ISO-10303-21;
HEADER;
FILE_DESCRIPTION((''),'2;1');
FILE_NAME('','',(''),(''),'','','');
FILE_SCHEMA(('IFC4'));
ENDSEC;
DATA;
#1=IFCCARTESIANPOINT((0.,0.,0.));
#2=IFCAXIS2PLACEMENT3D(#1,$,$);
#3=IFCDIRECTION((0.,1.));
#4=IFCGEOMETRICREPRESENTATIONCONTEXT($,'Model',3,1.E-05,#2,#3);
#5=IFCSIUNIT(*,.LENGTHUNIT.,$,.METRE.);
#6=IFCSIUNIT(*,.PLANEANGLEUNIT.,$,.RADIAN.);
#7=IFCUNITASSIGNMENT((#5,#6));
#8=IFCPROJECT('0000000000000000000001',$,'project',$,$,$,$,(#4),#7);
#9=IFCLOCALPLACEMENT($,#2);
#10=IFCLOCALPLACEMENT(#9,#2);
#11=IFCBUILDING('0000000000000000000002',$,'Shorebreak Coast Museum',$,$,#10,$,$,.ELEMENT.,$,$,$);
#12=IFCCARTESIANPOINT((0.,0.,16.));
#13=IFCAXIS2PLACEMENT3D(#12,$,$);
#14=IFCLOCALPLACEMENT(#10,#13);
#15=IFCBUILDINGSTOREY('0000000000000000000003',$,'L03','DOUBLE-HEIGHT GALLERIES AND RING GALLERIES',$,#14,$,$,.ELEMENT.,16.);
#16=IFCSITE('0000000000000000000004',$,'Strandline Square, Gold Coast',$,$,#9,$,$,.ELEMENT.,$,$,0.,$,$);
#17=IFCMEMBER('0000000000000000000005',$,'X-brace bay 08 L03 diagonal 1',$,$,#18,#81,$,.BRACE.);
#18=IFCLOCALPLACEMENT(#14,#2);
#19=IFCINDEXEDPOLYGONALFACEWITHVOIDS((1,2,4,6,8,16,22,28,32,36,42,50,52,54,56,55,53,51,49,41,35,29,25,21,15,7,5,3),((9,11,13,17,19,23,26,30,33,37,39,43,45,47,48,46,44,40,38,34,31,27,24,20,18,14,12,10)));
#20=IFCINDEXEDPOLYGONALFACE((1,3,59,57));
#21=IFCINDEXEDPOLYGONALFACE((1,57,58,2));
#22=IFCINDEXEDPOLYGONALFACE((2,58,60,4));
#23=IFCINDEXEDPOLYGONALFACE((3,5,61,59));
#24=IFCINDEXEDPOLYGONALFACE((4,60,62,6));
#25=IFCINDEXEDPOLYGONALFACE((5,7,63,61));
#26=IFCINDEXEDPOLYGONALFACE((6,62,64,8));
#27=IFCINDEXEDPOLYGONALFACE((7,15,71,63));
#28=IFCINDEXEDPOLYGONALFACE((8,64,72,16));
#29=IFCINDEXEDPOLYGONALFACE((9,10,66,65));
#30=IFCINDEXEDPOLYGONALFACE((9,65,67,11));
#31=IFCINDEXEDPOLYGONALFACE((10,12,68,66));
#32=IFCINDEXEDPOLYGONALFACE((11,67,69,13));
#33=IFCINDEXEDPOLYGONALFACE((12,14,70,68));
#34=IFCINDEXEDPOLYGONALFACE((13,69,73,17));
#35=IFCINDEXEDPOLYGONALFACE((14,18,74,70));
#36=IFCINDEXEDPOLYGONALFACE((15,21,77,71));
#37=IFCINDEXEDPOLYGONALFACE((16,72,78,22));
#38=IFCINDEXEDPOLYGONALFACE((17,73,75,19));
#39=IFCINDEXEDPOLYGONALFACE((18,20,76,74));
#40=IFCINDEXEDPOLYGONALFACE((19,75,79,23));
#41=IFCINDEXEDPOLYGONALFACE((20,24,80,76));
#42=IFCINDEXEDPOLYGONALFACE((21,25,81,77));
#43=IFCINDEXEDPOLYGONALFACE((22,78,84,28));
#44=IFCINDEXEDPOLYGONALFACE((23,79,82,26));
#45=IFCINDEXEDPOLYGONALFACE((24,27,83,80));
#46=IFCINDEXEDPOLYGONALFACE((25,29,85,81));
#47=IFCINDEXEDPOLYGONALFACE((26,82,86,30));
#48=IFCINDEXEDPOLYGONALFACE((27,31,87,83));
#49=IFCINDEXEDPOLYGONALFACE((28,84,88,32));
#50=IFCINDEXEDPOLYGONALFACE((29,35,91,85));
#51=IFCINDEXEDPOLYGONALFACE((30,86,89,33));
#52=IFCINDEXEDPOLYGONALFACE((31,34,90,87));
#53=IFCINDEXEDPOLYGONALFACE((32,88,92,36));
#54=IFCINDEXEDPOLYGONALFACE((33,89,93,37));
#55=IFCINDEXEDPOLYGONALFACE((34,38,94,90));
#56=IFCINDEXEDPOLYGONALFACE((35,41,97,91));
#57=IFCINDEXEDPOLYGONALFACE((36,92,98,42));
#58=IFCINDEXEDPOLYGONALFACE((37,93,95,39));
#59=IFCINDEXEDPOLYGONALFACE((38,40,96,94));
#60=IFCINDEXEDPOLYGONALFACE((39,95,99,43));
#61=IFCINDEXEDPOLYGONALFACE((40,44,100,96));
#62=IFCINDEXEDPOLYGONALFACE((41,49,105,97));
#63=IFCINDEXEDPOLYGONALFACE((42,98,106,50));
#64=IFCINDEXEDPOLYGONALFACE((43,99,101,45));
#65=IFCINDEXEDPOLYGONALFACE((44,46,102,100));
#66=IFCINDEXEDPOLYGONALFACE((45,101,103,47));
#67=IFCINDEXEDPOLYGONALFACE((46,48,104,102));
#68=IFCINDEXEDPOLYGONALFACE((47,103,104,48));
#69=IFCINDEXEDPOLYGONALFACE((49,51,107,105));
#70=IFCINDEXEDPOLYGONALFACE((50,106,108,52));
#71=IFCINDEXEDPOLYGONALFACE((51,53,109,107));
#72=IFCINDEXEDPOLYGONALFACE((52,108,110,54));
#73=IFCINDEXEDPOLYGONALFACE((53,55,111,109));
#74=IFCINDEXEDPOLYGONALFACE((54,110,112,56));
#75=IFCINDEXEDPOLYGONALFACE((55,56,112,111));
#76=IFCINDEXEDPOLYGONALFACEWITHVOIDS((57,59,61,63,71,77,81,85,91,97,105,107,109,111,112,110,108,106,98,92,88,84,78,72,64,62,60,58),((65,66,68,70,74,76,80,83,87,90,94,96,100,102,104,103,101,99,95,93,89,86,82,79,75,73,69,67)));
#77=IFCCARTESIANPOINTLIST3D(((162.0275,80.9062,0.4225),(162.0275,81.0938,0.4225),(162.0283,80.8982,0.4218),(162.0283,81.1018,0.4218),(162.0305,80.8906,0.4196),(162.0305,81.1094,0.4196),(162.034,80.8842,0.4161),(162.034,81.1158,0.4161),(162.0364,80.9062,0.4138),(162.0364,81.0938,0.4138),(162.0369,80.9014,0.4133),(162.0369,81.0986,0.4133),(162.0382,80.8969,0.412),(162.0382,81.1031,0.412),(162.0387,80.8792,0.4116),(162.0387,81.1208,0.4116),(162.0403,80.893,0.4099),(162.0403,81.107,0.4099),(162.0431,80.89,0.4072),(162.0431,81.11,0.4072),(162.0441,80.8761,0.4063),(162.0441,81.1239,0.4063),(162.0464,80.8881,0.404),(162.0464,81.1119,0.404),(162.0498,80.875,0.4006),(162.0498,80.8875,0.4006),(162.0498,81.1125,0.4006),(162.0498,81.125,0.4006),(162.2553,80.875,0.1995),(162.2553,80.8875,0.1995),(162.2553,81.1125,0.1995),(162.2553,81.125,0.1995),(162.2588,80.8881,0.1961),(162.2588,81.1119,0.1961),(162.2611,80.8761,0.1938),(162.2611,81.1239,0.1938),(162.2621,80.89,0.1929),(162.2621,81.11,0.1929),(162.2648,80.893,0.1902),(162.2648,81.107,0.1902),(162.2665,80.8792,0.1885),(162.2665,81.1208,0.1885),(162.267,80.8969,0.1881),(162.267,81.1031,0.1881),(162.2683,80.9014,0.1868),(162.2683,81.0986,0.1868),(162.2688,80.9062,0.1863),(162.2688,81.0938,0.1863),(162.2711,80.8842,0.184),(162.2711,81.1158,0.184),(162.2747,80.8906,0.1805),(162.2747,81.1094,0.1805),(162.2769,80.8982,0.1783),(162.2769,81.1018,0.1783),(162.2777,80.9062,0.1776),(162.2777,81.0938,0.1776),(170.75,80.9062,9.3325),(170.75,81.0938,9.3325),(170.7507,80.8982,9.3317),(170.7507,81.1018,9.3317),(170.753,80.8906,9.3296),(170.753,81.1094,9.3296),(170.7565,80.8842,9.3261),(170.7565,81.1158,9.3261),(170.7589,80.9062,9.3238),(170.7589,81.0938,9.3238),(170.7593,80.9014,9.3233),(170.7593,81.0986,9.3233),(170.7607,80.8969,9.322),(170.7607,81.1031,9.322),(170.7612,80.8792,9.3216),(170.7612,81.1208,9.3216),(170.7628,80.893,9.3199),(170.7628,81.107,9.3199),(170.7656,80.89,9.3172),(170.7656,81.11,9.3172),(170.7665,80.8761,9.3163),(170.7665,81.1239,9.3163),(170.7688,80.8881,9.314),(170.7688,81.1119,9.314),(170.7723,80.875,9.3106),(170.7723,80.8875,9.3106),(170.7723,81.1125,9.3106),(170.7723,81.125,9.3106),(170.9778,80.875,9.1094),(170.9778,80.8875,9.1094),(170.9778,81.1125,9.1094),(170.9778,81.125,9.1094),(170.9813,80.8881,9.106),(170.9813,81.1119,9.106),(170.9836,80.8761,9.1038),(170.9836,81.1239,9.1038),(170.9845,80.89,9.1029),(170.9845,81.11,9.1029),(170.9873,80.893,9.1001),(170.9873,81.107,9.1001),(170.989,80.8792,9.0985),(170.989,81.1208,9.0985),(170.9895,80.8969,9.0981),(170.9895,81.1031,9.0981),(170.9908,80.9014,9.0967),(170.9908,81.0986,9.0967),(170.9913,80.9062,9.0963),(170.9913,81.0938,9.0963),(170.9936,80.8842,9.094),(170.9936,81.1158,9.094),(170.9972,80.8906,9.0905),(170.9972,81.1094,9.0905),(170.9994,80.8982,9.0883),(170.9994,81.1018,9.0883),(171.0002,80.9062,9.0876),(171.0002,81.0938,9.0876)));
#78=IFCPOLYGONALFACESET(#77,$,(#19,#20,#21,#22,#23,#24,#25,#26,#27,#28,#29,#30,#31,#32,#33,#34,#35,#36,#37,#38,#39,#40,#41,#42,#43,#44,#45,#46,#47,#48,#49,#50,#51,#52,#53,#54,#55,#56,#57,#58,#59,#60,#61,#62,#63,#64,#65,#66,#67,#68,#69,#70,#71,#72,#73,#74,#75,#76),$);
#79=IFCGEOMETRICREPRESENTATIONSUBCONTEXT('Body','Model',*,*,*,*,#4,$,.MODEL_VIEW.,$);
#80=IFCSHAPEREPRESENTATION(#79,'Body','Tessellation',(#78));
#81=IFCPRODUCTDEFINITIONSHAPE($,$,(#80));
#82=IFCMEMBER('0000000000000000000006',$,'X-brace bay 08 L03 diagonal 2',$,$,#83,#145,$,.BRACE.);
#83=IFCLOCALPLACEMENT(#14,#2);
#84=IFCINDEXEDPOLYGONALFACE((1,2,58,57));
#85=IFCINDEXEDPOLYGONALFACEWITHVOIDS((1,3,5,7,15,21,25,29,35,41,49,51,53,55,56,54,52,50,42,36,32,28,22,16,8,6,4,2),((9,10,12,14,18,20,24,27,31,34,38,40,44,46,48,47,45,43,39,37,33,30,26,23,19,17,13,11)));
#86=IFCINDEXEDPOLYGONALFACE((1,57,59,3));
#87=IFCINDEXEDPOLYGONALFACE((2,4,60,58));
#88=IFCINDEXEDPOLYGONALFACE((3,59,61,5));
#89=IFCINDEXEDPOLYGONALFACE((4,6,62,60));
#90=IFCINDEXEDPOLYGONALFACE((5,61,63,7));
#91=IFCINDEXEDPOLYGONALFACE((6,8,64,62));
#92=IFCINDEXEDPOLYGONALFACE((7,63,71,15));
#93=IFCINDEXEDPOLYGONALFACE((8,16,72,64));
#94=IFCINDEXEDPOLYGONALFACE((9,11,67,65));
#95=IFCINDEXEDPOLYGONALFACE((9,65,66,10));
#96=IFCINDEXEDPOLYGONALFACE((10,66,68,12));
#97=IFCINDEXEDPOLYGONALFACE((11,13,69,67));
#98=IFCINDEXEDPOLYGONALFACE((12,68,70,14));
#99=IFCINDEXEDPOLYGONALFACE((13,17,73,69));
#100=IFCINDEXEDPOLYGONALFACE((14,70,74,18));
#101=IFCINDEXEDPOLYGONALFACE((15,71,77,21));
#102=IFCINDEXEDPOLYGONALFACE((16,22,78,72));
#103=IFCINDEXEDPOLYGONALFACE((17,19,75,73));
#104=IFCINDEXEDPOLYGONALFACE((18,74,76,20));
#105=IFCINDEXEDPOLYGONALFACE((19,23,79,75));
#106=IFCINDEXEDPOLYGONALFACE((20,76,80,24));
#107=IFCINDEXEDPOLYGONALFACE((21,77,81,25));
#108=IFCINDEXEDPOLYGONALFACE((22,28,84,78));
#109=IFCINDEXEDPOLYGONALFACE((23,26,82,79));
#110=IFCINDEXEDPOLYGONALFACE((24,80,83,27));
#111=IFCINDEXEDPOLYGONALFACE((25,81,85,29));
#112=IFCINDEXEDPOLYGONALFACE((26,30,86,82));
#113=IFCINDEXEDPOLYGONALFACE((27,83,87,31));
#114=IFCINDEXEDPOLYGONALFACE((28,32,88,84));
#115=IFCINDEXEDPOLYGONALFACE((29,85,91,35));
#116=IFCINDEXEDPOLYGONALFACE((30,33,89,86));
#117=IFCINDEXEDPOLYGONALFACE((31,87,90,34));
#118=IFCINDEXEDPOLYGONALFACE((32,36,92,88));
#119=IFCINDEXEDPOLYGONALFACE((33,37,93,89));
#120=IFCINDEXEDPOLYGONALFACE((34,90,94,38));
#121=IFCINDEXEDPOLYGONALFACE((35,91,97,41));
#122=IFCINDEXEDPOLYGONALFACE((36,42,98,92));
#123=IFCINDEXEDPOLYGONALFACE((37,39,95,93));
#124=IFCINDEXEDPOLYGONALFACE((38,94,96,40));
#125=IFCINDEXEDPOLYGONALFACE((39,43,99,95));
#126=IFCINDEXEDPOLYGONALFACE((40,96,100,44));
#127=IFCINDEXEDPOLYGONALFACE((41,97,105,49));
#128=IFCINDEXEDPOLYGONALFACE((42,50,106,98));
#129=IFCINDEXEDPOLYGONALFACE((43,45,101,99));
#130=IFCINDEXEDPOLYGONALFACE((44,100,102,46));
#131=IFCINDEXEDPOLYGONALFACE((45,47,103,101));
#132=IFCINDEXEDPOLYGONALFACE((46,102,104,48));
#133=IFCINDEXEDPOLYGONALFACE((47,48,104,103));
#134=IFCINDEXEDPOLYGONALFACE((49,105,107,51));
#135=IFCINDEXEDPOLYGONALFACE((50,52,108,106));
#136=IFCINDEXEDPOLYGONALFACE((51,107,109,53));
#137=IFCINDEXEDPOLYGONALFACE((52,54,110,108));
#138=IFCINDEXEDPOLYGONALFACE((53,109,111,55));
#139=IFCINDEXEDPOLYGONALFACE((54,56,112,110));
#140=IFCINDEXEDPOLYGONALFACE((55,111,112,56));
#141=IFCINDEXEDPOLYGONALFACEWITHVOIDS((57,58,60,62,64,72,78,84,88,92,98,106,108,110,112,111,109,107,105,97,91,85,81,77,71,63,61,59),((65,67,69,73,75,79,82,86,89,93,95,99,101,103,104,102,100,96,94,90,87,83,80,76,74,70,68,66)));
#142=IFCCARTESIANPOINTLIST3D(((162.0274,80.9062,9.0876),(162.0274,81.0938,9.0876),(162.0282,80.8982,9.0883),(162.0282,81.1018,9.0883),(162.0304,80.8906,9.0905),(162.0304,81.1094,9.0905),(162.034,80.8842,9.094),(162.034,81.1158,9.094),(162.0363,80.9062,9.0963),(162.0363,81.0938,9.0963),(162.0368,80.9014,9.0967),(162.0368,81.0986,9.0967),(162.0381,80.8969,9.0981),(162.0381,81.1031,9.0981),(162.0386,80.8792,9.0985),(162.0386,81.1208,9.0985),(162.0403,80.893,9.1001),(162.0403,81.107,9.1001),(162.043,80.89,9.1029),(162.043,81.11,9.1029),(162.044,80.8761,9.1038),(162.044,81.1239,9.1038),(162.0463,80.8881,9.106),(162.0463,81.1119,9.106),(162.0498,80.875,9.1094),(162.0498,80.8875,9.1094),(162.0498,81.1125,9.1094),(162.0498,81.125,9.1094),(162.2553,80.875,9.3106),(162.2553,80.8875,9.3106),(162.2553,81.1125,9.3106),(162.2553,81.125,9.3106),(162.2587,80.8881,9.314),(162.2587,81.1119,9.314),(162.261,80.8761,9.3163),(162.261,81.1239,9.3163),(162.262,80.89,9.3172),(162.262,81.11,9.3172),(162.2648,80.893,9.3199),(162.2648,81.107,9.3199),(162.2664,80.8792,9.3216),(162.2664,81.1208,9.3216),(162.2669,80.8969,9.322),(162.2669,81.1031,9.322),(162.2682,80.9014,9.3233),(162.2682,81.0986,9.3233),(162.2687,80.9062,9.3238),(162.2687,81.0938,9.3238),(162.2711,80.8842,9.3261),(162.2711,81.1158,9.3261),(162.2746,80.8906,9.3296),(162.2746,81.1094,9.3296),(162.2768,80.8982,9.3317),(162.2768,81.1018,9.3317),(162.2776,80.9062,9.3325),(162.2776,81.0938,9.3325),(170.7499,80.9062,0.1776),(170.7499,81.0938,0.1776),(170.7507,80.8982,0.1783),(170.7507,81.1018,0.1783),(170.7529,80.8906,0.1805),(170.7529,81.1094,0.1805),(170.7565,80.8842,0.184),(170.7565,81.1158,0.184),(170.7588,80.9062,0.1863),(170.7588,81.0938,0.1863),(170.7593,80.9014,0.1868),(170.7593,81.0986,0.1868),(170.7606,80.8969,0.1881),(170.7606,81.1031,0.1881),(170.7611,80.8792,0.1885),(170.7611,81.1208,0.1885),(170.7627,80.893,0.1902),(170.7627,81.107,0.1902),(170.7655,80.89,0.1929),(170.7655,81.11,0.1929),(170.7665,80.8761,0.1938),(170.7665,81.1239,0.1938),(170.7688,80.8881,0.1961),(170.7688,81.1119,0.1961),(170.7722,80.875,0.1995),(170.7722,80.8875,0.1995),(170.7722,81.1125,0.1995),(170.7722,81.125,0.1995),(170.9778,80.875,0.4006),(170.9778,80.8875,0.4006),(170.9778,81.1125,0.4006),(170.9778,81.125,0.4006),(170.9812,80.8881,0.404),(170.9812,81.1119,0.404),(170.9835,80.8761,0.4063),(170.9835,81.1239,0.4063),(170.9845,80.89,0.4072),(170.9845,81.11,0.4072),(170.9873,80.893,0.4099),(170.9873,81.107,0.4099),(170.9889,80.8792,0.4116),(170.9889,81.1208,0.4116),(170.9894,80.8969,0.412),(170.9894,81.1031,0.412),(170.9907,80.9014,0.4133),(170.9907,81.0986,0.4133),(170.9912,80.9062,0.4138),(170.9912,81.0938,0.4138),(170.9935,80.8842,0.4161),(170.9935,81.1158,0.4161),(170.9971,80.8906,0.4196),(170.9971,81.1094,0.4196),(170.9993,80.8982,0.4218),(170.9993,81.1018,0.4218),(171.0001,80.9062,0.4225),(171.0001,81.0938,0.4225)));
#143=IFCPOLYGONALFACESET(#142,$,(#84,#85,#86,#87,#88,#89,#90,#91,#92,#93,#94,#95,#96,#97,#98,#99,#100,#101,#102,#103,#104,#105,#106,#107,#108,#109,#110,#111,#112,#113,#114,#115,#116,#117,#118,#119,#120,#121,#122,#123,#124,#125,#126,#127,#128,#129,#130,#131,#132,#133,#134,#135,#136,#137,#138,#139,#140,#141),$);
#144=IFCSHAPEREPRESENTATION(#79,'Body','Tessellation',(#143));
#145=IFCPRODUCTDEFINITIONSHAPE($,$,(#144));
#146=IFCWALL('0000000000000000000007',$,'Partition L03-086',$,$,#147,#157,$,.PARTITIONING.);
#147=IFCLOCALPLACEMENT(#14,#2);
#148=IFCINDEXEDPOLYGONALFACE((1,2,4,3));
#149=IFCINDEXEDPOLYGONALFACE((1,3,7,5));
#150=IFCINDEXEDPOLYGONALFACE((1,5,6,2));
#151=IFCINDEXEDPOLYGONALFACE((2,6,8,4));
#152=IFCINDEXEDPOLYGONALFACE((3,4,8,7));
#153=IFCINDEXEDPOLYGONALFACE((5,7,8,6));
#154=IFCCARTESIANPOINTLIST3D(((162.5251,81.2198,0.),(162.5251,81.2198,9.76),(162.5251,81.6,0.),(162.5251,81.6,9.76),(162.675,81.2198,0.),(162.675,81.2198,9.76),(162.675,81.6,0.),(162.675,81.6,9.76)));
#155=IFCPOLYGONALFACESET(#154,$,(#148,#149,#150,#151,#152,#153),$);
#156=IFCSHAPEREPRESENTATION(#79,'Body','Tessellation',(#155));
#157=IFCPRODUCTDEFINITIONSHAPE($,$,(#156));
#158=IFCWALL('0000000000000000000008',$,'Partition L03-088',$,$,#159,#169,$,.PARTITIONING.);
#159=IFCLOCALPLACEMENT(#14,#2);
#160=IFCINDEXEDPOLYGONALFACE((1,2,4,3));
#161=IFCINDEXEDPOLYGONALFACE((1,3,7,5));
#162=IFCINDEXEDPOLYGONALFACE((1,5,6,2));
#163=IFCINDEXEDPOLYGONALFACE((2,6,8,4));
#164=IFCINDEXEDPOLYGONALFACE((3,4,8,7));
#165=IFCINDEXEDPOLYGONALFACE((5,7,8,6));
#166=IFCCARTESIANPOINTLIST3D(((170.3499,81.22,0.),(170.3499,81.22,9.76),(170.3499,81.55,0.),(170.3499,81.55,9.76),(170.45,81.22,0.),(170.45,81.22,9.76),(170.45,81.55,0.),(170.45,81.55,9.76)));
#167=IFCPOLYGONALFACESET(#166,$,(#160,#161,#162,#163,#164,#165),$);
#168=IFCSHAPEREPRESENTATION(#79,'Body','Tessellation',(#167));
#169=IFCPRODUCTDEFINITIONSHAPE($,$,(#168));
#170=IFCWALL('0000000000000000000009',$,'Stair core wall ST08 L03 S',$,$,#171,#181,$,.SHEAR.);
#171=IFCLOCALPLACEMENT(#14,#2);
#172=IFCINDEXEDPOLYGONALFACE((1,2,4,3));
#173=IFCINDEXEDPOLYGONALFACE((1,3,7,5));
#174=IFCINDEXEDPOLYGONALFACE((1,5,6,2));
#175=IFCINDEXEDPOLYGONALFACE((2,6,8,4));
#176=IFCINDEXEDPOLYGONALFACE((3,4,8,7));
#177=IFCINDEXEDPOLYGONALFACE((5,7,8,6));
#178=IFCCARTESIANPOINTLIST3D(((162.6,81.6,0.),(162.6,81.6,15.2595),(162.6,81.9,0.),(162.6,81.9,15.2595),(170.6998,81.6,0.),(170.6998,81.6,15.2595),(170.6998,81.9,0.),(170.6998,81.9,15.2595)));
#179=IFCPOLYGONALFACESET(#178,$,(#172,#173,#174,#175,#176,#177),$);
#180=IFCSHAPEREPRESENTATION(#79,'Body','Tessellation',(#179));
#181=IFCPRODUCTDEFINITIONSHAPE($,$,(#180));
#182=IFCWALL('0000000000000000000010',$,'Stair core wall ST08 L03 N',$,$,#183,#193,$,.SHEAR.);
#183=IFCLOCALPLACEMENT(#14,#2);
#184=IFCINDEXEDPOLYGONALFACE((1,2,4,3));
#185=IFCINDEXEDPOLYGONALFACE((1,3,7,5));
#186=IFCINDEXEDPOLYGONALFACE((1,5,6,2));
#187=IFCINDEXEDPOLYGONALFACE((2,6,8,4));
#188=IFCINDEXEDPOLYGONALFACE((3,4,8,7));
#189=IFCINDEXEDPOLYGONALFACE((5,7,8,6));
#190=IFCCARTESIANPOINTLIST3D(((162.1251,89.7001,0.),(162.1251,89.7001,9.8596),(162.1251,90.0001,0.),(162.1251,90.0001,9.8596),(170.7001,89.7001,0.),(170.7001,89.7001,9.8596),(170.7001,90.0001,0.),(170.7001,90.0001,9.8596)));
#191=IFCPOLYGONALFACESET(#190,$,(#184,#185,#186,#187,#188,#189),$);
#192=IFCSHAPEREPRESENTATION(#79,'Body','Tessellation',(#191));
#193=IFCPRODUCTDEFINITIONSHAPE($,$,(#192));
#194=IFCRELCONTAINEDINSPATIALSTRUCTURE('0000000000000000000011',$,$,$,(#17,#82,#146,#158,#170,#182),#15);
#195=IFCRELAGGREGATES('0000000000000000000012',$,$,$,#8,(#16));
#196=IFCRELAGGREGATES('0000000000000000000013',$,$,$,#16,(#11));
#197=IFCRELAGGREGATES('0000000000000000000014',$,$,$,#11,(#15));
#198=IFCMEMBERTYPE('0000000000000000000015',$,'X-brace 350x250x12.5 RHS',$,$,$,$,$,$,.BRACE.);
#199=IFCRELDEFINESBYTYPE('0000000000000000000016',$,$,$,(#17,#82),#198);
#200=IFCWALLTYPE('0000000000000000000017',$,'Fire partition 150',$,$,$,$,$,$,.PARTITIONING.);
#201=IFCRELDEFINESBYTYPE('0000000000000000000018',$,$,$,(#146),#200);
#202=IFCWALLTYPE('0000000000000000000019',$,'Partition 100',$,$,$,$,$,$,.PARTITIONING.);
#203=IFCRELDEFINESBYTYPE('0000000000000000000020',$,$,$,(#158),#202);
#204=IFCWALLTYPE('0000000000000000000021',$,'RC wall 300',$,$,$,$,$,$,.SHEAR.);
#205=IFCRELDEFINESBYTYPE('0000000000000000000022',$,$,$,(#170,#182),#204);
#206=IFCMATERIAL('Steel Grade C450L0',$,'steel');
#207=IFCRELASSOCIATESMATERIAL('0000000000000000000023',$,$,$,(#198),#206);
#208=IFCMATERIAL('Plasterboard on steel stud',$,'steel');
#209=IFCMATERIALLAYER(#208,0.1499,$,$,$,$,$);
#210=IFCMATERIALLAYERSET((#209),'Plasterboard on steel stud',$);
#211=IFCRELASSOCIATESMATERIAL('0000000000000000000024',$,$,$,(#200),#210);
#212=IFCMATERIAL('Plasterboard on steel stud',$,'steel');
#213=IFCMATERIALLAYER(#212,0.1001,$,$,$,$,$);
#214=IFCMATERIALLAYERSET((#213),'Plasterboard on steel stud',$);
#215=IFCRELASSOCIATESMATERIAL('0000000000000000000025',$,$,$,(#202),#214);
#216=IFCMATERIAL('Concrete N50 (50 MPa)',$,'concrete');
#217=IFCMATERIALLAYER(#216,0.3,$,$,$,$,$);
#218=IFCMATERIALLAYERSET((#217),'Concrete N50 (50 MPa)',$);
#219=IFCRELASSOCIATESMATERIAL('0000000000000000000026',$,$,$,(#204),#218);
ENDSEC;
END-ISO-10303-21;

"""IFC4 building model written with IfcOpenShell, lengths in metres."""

from ifc_helpers import new_model, si_unit, direction, frame, frame_2d, origin, origin_2d, place, context, subcontext, project, spatial, rectangle, hollow_rectangle, extrude, material, layer, layer_set, material_profile, profile_set, type_object, element, save


model = new_model("IFC4")

# Units and contexts
model_context = context("Model", 3, precision=1e-05, world=origin(), true_north=direction((0.0, 1.0)))
body_context = subcontext(model_context, "Body", "Model", "MODEL_VIEW")
ifc_project = project(units=[si_unit("LENGTHUNIT", "METRE"), si_unit("PLANEANGLEUNIT", "RADIAN")], contexts=[model_context])

# Site, building, storey
site_placement = place(None, origin())
site = spatial("IfcSite", under=ifc_project, at=site_placement, Name="Strandline Square, Gold Coast", CompositionType="ELEMENT", RefElevation=0.0)
building_placement = place(site_placement, origin())
building = spatial("IfcBuilding", under=site, at=building_placement, Name="Shorebreak Coast Museum", CompositionType="ELEMENT")
storey_placement = place(building_placement, frame((0.0, 0.0, 16.0)))
storey = spatial("IfcBuildingStorey", under=building, at=storey_placement, Name="L03", Description="DOUBLE-HEIGHT GALLERIES AND RING GALLERIES", CompositionType="ELEMENT", Elevation=16.0)

# Members
ifc_material_1 = material(Name="Steel Grade C450L0", Category="steel")
ifc_material_profile_1 = material_profile(ifc_material_1, hollow_rectangle(XDim=0.25, YDim=0.3501, WallThickness=0.0125, InnerFilletRadius=0.0188, OuterFilletRadius=0.0312, at=origin_2d()), Name="350x250x12.5 RHS")
ifc_profile_set_1 = profile_set([ifc_material_profile_1], Name="Steel Grade C450L0")
member_type_1 = type_object("IfcMemberType", Name="X-brace 350x250x12.5 RHS", PredefinedType="BRACE", material=ifc_profile_set_1)
for number, where, z_axis, x_axis, name in (
    (1, (162.1526, 81.0, 0.3), (0.699548, 0.0, 0.714586), (0.0, 1.0, 0.0), "X-brace bay 08 L03 diagonal 1"),
    (2, (170.875, 81.0, 0.3), (-0.699548, 0.0, 0.714586), (0.0, -1.0, 0.0), "X-brace bay 08 L03 diagonal 2"),
):
    element("IfcMember", number, at=place(storey_placement, frame(where, z_axis=z_axis, x_axis=x_axis)), inside=storey, type_object=member_type_1, Name=name, PredefinedType="BRACE", context=body_context, shape_type="SweptSolid", body=[
        extrude(hollow_rectangle(XDim=0.25, YDim=0.3501, WallThickness=0.0125, InnerFilletRadius=0.0188, OuterFilletRadius=0.0312, at=origin_2d()), origin(), (0.0, 0.0, 1.0), 12.4688),
    ])

# Walls
ifc_material_2 = material(Name="Plasterboard on steel stud", Category="steel")
ifc_layer_1 = layer(ifc_material_2, 0.1499)
ifc_layer_set_1 = layer_set([ifc_layer_1], Name="Plasterboard on steel stud")
wall_type_1 = type_object("IfcWallType", Name="Fire partition 150", PredefinedType="PARTITIONING", material=ifc_layer_set_1)
wall_1_placement = place(storey_placement, frame((162.6001, 81.22, 0.0), z_axis=(0.0, 0.0, 1.0), x_axis=(0.0, 1.0, 0.0)))
element("IfcWall", 3, at=wall_1_placement, inside=storey, type_object=wall_type_1, Name="Partition L03-086", PredefinedType="PARTITIONING", context=body_context, shape_type="SweptSolid", body=[
    extrude(rectangle(XDim=0.3801, YDim=0.1499, at=frame_2d((0.1899, 0.0))), origin(), (0.0, 0.0, 1.0), 9.76),
])
ifc_material_3 = material(Name="Plasterboard on steel stud", Category="steel")
ifc_layer_2 = layer(ifc_material_3, 0.1001)
ifc_layer_set_2 = layer_set([ifc_layer_2], Name="Plasterboard on steel stud")
wall_type_2 = type_object("IfcWallType", Name="Partition 100", PredefinedType="PARTITIONING", material=ifc_layer_set_2)
wall_2_placement = place(storey_placement, frame((170.3999, 81.22, 0.0), z_axis=(0.0, 0.0, 1.0), x_axis=(0.0, 1.0, 0.0)))
element("IfcWall", 4, at=wall_2_placement, inside=storey, type_object=wall_type_2, Name="Partition L03-088", PredefinedType="PARTITIONING", context=body_context, shape_type="SweptSolid", body=[
    extrude(rectangle(XDim=0.3301, YDim=0.1001, at=frame_2d((0.165, 0.0))), origin(), (0.0, 0.0, 1.0), 9.76),
])
ifc_material_4 = material(Name="Concrete N50 (50 MPa)", Category="concrete")
ifc_layer_3 = layer(ifc_material_4, 0.3)
ifc_layer_set_3 = layer_set([ifc_layer_3], Name="Concrete N50 (50 MPa)")
wall_type_3 = type_object("IfcWallType", Name="RC wall 300", PredefinedType="SHEAR", material=ifc_layer_set_3)
wall_3_placement = place(storey_placement, frame((162.6001, 81.75, 0.0), z_axis=(0.0, 0.0, 1.0), x_axis=(1.0, 0.0, 0.0)))
element("IfcWall", 5, at=wall_3_placement, inside=storey, type_object=wall_type_3, Name="Stair core wall ST08 L03 S", PredefinedType="SHEAR", context=body_context, shape_type="SweptSolid", body=[
    extrude(rectangle(XDim=8.0999, YDim=0.3, at=frame_2d((4.0498, 0.0))), origin(), (0.0, 0.0, 1.0), 15.2595),
])
wall_4_placement = place(storey_placement, frame((162.125, 89.8501, 0.0), z_axis=(0.0, 0.0, 1.0), x_axis=(1.0, 0.0, 0.0)))
element("IfcWall", 6, at=wall_4_placement, inside=storey, type_object=wall_type_3, Name="Stair core wall ST08 L03 N", PredefinedType="SHEAR", context=body_context, shape_type="SweptSolid", body=[
    extrude(rectangle(XDim=8.575, YDim=0.3, at=frame_2d((4.2876, 0.0))), origin(), (0.0, 0.0, 1.0), 9.8596),
])

save(model, "model.ifc")
